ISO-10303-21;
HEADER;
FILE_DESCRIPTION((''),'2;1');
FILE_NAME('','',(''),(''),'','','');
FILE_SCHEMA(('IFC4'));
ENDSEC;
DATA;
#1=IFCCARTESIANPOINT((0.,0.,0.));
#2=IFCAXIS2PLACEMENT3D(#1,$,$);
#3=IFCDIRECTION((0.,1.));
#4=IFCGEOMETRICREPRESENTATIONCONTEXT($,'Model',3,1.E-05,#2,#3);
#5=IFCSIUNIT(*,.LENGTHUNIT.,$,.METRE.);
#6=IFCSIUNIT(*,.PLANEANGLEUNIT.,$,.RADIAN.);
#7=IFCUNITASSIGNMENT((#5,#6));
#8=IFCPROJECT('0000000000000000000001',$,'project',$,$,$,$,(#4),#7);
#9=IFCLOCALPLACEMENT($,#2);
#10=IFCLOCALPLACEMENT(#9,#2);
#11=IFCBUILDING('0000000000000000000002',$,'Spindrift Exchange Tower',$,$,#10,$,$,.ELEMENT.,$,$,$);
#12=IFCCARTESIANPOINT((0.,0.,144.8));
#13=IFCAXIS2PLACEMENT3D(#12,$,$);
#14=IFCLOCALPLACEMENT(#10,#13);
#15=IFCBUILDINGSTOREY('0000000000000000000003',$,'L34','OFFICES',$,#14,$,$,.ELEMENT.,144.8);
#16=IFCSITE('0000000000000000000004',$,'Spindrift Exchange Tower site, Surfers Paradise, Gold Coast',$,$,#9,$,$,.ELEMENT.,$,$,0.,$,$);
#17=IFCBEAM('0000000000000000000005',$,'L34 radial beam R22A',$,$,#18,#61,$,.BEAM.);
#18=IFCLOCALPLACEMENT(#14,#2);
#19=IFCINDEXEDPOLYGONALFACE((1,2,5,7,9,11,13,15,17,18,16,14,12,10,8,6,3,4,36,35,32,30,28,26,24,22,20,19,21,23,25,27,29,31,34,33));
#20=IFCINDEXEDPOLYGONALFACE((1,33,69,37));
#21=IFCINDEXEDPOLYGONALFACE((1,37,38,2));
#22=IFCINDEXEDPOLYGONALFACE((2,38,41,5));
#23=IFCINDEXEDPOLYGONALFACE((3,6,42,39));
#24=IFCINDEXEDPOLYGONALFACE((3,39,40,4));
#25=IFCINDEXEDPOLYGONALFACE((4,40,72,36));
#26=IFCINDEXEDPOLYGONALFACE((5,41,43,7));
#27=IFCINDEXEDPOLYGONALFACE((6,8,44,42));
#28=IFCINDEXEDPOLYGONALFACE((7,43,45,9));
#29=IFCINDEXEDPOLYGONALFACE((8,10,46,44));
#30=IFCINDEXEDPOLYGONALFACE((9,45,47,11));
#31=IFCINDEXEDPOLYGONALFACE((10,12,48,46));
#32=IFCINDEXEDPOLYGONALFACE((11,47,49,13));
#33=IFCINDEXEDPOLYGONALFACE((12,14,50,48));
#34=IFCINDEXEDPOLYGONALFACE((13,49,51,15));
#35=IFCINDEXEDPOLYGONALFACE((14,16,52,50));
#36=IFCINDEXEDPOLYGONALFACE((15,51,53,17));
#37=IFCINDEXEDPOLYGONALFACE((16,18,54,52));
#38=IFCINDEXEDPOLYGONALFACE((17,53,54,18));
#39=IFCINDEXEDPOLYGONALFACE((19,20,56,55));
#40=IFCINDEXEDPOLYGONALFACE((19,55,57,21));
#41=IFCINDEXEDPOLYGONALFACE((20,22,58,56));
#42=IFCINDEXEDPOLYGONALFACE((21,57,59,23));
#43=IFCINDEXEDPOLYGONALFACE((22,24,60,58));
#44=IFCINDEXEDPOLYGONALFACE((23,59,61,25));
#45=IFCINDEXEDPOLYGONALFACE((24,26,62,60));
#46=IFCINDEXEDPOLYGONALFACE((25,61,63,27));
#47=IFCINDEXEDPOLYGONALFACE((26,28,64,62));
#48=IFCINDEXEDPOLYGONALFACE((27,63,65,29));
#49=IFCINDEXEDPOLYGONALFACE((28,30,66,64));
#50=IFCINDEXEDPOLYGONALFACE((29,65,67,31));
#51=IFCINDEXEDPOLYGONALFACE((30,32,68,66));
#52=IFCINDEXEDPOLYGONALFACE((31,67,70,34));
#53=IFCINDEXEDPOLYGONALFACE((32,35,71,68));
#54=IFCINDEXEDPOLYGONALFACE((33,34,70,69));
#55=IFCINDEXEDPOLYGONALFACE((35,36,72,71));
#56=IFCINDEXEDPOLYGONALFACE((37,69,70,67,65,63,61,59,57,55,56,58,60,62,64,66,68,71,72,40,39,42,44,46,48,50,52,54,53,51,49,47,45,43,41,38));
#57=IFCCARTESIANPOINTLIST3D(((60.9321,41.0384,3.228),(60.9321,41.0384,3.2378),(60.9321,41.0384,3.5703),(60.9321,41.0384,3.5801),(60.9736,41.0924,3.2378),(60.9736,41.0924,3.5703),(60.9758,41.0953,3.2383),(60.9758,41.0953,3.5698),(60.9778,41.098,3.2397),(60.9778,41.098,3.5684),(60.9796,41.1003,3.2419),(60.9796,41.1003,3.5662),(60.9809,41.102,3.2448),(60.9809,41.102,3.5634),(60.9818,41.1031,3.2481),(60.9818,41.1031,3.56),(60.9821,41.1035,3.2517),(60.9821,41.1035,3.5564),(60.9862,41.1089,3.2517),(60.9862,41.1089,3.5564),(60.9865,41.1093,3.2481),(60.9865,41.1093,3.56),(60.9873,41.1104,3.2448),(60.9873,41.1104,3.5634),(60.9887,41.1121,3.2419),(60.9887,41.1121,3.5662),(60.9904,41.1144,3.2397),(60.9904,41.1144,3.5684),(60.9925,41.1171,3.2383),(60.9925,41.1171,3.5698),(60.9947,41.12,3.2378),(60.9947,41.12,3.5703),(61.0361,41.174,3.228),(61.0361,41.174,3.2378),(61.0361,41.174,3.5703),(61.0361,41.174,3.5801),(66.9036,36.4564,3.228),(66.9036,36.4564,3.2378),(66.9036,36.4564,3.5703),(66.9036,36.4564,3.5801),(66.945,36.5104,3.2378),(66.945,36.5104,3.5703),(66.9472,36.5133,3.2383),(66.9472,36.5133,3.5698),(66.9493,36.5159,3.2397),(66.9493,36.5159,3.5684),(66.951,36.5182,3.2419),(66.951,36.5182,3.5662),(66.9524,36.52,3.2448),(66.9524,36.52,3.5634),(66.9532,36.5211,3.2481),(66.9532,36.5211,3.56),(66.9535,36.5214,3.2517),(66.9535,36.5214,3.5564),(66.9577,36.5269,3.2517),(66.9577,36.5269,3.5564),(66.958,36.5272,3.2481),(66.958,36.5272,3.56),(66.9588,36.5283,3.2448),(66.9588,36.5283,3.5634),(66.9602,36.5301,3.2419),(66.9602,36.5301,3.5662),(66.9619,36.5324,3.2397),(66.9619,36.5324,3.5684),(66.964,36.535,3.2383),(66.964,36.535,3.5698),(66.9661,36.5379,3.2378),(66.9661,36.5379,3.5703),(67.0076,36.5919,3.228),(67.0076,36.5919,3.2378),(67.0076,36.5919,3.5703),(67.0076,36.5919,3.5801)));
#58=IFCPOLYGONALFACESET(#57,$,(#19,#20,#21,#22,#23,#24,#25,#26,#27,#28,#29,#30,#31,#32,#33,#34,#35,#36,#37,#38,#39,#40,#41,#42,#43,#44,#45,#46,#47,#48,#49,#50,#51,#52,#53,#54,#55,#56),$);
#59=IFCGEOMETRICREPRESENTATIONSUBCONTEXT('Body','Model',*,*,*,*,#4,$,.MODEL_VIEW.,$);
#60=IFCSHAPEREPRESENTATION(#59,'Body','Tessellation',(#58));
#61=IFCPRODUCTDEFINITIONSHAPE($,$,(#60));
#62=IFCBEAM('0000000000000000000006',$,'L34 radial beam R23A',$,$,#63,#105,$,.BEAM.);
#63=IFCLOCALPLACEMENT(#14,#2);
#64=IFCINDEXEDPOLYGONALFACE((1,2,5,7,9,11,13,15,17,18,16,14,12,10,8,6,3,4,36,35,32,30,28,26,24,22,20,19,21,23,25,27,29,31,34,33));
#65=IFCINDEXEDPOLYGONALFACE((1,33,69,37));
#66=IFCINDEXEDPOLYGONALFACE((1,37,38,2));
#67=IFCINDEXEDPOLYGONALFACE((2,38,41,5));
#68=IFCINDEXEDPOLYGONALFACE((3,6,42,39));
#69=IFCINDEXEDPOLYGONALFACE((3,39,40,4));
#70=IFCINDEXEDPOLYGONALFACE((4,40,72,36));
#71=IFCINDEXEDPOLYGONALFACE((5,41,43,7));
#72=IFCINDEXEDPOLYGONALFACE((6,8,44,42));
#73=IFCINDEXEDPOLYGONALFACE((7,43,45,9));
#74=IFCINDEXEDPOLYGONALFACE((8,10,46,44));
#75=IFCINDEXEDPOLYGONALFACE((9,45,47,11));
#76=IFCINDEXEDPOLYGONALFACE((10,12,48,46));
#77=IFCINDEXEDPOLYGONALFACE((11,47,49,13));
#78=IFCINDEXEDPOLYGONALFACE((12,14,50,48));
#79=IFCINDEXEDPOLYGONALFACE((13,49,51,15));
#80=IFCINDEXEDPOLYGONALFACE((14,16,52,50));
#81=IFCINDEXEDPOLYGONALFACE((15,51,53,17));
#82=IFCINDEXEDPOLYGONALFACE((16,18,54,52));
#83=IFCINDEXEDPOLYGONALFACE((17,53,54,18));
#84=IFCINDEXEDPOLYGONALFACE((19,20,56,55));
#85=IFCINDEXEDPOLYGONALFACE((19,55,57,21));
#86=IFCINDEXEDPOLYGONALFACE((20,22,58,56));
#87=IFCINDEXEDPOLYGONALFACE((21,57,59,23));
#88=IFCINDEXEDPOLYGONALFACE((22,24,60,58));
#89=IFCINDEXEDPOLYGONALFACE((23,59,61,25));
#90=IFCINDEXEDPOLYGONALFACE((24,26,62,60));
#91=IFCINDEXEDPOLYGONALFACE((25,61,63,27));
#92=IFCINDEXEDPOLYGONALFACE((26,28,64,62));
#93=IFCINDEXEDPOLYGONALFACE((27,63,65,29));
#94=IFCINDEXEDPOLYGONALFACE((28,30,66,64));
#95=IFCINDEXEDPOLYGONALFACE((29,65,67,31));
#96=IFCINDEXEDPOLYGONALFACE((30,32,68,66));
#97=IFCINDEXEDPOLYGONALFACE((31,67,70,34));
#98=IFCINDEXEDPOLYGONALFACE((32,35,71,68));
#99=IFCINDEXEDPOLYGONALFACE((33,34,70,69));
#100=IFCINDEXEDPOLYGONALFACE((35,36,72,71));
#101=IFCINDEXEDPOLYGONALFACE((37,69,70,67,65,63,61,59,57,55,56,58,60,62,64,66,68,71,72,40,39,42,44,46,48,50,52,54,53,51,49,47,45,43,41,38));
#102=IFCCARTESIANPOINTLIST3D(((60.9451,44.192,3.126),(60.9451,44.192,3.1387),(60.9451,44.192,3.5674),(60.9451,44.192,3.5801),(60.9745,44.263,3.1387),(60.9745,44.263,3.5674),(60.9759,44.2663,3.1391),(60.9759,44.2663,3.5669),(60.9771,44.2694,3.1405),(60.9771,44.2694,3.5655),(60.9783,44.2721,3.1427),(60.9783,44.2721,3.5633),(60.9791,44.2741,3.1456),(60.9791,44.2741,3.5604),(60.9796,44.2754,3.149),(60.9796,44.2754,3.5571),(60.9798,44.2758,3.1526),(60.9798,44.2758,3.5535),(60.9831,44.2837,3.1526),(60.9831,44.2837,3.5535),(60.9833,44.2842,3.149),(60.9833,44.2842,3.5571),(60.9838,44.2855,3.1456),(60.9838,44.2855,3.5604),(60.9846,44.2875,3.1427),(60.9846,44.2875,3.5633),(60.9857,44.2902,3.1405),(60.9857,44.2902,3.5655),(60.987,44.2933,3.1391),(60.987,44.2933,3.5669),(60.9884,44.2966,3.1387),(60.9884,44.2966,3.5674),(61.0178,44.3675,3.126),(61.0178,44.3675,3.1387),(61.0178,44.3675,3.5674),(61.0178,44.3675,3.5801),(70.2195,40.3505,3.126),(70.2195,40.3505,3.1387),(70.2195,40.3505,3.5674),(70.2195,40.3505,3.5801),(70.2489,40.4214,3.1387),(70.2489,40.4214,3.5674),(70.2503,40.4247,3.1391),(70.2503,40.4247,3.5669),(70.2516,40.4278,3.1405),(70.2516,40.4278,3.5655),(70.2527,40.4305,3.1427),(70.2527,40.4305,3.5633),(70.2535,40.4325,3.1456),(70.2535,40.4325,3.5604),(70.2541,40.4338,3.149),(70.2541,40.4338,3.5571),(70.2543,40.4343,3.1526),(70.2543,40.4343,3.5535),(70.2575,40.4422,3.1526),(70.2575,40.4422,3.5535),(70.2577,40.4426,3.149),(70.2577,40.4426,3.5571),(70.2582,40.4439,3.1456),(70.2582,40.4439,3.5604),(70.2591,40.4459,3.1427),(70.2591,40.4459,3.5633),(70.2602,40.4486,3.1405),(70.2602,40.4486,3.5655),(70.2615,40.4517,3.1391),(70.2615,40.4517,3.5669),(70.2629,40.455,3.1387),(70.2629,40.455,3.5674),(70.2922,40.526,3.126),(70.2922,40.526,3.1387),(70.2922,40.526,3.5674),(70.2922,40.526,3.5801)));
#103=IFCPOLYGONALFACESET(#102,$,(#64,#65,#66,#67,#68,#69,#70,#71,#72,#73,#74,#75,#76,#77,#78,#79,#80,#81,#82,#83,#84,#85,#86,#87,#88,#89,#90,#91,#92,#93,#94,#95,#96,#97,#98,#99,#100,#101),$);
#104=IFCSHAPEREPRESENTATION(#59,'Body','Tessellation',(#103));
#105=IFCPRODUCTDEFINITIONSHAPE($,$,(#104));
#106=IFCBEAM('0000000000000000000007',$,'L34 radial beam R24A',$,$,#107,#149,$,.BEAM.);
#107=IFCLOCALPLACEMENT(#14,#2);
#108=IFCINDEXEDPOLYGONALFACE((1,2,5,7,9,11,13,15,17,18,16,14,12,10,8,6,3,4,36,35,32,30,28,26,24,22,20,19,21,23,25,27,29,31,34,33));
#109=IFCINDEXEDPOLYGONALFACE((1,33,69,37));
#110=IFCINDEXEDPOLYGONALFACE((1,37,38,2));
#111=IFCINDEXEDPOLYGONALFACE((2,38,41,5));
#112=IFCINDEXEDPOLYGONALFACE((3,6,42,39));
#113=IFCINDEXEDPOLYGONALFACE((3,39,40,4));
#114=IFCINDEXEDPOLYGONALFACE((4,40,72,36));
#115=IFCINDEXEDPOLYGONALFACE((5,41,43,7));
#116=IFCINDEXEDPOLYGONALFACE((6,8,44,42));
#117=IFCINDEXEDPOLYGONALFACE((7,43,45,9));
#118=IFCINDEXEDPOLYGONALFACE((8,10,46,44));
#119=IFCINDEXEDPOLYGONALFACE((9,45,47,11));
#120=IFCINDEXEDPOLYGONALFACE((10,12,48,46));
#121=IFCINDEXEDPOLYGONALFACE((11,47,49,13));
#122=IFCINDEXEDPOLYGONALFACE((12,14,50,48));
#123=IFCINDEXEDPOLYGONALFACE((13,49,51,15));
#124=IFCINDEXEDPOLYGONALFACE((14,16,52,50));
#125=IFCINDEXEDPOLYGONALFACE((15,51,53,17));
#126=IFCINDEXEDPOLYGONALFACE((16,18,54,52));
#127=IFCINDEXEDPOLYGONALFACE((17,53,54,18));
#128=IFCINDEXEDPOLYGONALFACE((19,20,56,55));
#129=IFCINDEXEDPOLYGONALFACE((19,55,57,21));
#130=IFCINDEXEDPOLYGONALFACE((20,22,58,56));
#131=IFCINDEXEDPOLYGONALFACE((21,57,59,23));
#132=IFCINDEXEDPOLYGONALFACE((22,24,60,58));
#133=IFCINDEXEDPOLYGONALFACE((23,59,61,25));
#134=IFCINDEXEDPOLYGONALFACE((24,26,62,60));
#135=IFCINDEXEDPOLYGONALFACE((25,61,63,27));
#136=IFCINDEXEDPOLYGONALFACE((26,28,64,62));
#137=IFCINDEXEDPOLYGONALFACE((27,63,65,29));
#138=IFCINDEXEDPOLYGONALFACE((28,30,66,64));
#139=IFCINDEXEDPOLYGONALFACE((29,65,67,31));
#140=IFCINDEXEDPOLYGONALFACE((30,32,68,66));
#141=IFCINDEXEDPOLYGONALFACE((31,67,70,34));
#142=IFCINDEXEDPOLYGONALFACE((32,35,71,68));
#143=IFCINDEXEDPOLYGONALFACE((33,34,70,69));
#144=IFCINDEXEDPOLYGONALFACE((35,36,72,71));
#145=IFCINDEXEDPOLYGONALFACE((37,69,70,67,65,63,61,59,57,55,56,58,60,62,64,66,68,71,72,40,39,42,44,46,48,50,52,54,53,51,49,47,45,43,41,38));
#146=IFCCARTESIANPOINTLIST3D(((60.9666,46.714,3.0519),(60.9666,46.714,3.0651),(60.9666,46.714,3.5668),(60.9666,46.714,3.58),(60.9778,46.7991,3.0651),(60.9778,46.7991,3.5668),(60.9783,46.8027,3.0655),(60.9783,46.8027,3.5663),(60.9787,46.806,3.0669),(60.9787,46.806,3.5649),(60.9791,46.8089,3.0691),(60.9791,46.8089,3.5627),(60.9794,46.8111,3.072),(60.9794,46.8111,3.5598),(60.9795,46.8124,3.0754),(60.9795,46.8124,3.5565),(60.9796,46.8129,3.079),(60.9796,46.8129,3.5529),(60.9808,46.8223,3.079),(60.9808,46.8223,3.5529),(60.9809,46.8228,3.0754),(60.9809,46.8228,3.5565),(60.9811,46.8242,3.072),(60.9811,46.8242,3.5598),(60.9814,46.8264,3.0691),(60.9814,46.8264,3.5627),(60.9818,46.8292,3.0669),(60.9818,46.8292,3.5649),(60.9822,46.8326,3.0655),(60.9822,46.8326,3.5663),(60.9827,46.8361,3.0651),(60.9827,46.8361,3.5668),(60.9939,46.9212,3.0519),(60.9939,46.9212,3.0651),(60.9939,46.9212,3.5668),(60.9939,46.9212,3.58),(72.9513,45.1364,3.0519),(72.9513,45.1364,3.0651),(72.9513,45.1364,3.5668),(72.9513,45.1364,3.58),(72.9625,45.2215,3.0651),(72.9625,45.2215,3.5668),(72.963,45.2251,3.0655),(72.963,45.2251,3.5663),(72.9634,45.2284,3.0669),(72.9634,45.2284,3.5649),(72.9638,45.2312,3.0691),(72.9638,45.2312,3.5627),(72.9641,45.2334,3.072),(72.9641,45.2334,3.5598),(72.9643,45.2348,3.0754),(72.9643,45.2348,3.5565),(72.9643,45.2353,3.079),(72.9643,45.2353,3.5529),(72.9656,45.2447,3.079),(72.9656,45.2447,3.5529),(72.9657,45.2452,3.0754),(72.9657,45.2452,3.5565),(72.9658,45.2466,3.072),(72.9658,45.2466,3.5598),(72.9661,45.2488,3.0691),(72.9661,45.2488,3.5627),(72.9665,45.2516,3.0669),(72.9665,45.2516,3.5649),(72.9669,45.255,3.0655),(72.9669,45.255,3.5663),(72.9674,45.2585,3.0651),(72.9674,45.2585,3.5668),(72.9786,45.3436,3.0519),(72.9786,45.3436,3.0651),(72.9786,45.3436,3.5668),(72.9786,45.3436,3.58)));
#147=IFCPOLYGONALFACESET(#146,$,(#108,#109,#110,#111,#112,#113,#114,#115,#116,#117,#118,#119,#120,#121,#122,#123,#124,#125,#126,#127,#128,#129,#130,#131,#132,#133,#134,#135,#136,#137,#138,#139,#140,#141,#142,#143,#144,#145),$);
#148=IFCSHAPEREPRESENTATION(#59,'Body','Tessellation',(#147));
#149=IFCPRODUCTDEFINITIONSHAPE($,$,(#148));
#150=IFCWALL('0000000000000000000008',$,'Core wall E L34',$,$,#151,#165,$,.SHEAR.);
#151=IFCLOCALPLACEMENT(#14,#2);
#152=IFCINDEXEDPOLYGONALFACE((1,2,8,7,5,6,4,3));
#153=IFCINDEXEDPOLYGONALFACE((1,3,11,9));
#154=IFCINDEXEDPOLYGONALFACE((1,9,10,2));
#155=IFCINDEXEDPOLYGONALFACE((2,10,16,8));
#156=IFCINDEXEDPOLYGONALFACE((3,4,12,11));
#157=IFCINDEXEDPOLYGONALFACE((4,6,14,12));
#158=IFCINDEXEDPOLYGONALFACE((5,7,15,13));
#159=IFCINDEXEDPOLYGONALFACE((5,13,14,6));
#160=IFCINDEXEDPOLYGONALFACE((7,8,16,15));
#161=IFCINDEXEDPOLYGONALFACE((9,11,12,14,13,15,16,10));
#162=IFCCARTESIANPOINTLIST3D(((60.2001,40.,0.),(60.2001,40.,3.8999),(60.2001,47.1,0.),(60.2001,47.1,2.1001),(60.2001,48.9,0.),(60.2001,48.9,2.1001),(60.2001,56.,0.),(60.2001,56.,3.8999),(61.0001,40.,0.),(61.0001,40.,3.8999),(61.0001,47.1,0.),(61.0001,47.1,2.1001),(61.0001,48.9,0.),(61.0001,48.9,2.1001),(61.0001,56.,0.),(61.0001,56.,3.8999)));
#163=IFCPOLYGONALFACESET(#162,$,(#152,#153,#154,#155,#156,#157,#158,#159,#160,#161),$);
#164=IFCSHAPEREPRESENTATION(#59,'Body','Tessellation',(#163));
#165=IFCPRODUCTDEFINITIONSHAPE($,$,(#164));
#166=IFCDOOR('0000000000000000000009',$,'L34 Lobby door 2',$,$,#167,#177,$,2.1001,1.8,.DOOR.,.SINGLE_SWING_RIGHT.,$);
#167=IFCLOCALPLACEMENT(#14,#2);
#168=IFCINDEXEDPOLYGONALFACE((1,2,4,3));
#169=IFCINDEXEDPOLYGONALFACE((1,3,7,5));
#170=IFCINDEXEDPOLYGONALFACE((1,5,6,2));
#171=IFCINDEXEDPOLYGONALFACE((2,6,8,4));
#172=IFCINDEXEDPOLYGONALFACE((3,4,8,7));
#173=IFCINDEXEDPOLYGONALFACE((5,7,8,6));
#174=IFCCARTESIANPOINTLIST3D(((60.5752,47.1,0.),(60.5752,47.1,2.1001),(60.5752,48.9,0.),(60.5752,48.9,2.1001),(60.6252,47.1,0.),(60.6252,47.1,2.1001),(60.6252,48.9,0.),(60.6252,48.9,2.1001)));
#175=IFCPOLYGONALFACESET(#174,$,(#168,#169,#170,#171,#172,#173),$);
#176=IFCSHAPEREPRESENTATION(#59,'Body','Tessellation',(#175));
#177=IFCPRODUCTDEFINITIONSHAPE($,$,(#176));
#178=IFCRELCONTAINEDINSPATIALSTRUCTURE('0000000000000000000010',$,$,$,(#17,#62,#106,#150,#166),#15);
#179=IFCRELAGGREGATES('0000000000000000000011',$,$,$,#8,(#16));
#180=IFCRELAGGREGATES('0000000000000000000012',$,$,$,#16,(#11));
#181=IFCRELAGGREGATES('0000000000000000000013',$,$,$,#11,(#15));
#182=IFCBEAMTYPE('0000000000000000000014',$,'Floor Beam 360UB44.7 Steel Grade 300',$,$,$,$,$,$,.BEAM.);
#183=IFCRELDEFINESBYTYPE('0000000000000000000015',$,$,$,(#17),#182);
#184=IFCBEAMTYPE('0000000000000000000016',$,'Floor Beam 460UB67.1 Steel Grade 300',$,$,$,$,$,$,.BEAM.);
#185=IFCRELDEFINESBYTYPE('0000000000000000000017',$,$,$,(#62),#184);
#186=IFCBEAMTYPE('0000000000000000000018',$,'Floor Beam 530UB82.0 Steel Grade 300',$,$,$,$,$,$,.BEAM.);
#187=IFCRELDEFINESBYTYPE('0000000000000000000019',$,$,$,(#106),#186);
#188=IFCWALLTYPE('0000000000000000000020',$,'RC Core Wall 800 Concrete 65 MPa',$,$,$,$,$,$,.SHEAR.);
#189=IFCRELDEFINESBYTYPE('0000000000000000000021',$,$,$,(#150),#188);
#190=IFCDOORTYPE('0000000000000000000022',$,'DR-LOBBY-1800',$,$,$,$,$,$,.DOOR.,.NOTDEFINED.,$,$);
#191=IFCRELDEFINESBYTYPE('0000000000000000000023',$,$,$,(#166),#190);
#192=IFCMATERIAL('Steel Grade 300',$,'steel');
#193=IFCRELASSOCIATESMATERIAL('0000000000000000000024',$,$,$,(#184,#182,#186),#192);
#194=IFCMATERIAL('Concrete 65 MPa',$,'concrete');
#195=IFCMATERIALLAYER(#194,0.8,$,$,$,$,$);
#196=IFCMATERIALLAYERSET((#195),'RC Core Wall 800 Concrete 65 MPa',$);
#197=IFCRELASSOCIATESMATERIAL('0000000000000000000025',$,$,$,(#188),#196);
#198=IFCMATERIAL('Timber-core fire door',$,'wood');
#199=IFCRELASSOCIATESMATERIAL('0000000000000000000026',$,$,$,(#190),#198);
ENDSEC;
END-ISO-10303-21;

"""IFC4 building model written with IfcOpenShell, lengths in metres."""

from ifc_helpers import new_model, si_unit, direction, frame, frame_2d, origin, origin_2d, place, context, subcontext, project, spatial, rectangle, i_section, extrude, source, transform, mapped, material, layer, layer_set, material_profile, profile_set, type_object, element, fill, save


model = new_model("IFC4")

# Units and contexts
model_context = context("Model", 3, precision=1e-05, world=origin(), true_north=direction((0.0, 1.0)))
body_context = subcontext(model_context, "Body", "Model", "MODEL_VIEW")
ifc_project = project(units=[si_unit("LENGTHUNIT", "METRE"), si_unit("PLANEANGLEUNIT", "RADIAN")], contexts=[model_context])

# Site, building, storey
site_placement = place(None, origin())
site = spatial("IfcSite", under=ifc_project, at=site_placement, Name="Spindrift Exchange Tower site, Surfers Paradise, Gold Coast", CompositionType="ELEMENT", RefElevation=0.0)
building_placement = place(site_placement, origin())
building = spatial("IfcBuilding", under=site, at=building_placement, Name="Spindrift Exchange Tower", CompositionType="ELEMENT")
storey_placement = place(building_placement, frame((0.0, 0.0, 144.8)))
storey = spatial("IfcBuildingStorey", under=building, at=storey_placement, Name="L34", Description="OFFICES", CompositionType="ELEMENT", Elevation=144.8)

# Beams
ifc_material_1 = material(Name="Steel Grade 300", Category="steel")
ifc_material_profile_1 = material_profile(ifc_material_1, i_section(OverallWidth=0.1899, OverallDepth=0.4541, WebThickness=0.0085, FlangeThickness=0.0127, FilletRadius=0.0139, at=origin_2d()), Name="460UB67.1")
ifc_profile_set_1 = profile_set([ifc_material_profile_1], Name="Steel Grade 300")
beam_type_1 = type_object("IfcBeamType", Name="Floor Beam 460UB67.1 Steel Grade 300", PredefinedType="BEAM", material=ifc_profile_set_1)
ifc_material_profile_2 = material_profile(ifc_material_1, i_section(OverallWidth=0.1709, OverallDepth=0.3521, WebThickness=0.0068, FlangeThickness=0.0098, FilletRadius=0.0139, at=origin_2d()), Name="360UB44.7")
ifc_profile_set_2 = profile_set([ifc_material_profile_2], Name="Steel Grade 300")
beam_type_2 = type_object("IfcBeamType", Name="Floor Beam 360UB44.7 Steel Grade 300", PredefinedType="BEAM", material=ifc_profile_set_2)
shared_shape_1 = source(origin(), body_context, "Body", "SweptSolid", [
    extrude(i_section(OverallWidth=0.1709, OverallDepth=0.3521, WebThickness=0.0068, FlangeThickness=0.0098, FilletRadius=0.0139, at=origin_2d()), origin(), (0.0, 0.0, 1.0), 7.5269),
])
beam_1_placement = place(storey_placement, frame((60.9841, 41.1062, 3.4041), z_axis=(0.793354, -0.60876, 0.0), x_axis=(0.60876, 0.793354, 0.0)))
element("IfcBeam", 1, at=beam_1_placement, inside=storey, type_object=beam_type_2, Name="L34 radial beam R22A", PredefinedType="BEAM", context=body_context, shape_type="MappedRepresentation", body=[
    mapped(shared_shape_1, transform((0.0, 0.0, 0.0), scale=1.0)),
])
shared_shape_2 = source(origin(), body_context, "Body", "SweptSolid", [
    extrude(i_section(OverallWidth=0.1899, OverallDepth=0.4541, WebThickness=0.0085, FlangeThickness=0.0127, FilletRadius=0.0139, at=origin_2d()), origin(), (0.0, 0.0, 1.0), 10.0386),
])
beam_2_placement = place(storey_placement, frame((60.9814, 44.2798, 3.353), z_axis=(0.923881, -0.38268, 0.0), x_axis=(0.38268, 0.923881, 0.0)))
element("IfcBeam", 2, at=beam_2_placement, inside=storey, type_object=beam_type_1, Name="L34 radial beam R23A", PredefinedType="BEAM", context=body_context, shape_type="MappedRepresentation", body=[
    mapped(shared_shape_2, transform((0.0, 0.0, 0.0), scale=1.0)),
])
ifc_material_profile_3 = material_profile(ifc_material_1, i_section(OverallWidth=0.209, OverallDepth=0.5281, WebThickness=0.0095, FlangeThickness=0.0132, FilletRadius=0.0139, at=origin_2d()), Name="530UB82.0")
ifc_profile_set_3 = profile_set([ifc_material_profile_3], Name="Steel Grade 300")
beam_type_3 = type_object("IfcBeamType", Name="Floor Beam 530UB82.0 Steel Grade 300", PredefinedType="BEAM", material=ifc_profile_set_3)
shared_shape_3 = source(origin(), body_context, "Body", "SweptSolid", [
    extrude(i_section(OverallWidth=0.209, OverallDepth=0.5281, WebThickness=0.0095, FlangeThickness=0.0132, FilletRadius=0.0139, at=origin_2d()), origin(), (0.0, 0.0, 1.0), 12.0881),
])
beam_3_placement = place(storey_placement, frame((60.9802, 46.8176, 3.3159), z_axis=(0.991447, -0.13051, 0.0), x_axis=(0.13051, 0.991447, 0.0)))
element("IfcBeam", 3, at=beam_3_placement, inside=storey, type_object=beam_type_3, Name="L34 radial beam R24A", PredefinedType="BEAM", context=body_context, shape_type="MappedRepresentation", body=[
    mapped(shared_shape_3, transform((0.0, 0.0, 0.0), scale=1.0)),
])

# Wall, opening, door
ifc_material_2 = material(Name="Concrete 65 MPa", Category="concrete")
ifc_layer_1 = layer(ifc_material_2, 0.8)
ifc_layer_set_1 = layer_set([ifc_layer_1], Name="RC Core Wall 800 Concrete 65 MPa")
wall_type_1 = type_object("IfcWallType", Name="RC Core Wall 800 Concrete 65 MPa", PredefinedType="SHEAR", material=ifc_layer_set_1)
wall_1_placement = place(storey_placement, frame((60.6001, 40.0, 0.0), z_axis=(0.0, 0.0, 1.0), x_axis=(0.0, 1.0, 0.0)))
wall_1 = element("IfcWall", 4, at=wall_1_placement, inside=storey, type_object=wall_type_1, Name="Core wall E L34", PredefinedType="SHEAR", context=body_context, shape_type="SweptSolid", body=[
    extrude(rectangle(XDim=16.0, YDim=0.8, at=frame_2d((8.0, 0.0))), origin(), (0.0, 0.0, 1.0), 3.8999),
])
opening_placement = place(wall_1_placement, frame((7.1001, 0.0, 0.0)))
opening = element("IfcOpeningElement", 5, at=opening_placement, cuts=wall_1, PredefinedType="OPENING", context=body_context, shape_type="SweptSolid", body=[
    extrude(rectangle(XDim=1.8, YDim=2.1001, at=frame_2d((0.8999, 1.05))), frame((0.0, 0.4099, 0.0), z_axis=(0.0, -1.0, 0.0), x_axis=(1.0, 0.0, 0.0)), (0.0, 0.0, 1.0), 0.8201),
])
ifc_material_3 = material(Name="Timber-core fire door", Category="wood")
door_type = type_object("IfcDoorType", Name="DR-LOBBY-1800", OperationType="NOTDEFINED", PredefinedType="DOOR", material=ifc_material_3)
shared_shape_4 = source(origin(), body_context, "Body", "SweptSolid", [
    extrude(rectangle(XDim=1.8, YDim=2.1001, at=frame_2d((0.8999, 1.05))), frame((0.0, 0.0249, 0.0), z_axis=(0.0, -1.0, 0.0), x_axis=(1.0, 0.0, 0.0)), (0.0, 0.0, 1.0), 0.05),
])
door_placement = place(opening_placement, origin())
door = element("IfcDoor", 6, at=door_placement, inside=storey, type_object=door_type, Name="L34 Lobby door 2", OperationType="SINGLE_SWING_RIGHT", OverallHeight=2.1001, OverallWidth=1.8, PredefinedType="DOOR", context=body_context, shape_type="MappedRepresentation", body=[
    mapped(shared_shape_4, transform((0.0, 0.0, 0.0), scale=1.0)),
])
fill(opening, door)

save(model, "model.ifc")
